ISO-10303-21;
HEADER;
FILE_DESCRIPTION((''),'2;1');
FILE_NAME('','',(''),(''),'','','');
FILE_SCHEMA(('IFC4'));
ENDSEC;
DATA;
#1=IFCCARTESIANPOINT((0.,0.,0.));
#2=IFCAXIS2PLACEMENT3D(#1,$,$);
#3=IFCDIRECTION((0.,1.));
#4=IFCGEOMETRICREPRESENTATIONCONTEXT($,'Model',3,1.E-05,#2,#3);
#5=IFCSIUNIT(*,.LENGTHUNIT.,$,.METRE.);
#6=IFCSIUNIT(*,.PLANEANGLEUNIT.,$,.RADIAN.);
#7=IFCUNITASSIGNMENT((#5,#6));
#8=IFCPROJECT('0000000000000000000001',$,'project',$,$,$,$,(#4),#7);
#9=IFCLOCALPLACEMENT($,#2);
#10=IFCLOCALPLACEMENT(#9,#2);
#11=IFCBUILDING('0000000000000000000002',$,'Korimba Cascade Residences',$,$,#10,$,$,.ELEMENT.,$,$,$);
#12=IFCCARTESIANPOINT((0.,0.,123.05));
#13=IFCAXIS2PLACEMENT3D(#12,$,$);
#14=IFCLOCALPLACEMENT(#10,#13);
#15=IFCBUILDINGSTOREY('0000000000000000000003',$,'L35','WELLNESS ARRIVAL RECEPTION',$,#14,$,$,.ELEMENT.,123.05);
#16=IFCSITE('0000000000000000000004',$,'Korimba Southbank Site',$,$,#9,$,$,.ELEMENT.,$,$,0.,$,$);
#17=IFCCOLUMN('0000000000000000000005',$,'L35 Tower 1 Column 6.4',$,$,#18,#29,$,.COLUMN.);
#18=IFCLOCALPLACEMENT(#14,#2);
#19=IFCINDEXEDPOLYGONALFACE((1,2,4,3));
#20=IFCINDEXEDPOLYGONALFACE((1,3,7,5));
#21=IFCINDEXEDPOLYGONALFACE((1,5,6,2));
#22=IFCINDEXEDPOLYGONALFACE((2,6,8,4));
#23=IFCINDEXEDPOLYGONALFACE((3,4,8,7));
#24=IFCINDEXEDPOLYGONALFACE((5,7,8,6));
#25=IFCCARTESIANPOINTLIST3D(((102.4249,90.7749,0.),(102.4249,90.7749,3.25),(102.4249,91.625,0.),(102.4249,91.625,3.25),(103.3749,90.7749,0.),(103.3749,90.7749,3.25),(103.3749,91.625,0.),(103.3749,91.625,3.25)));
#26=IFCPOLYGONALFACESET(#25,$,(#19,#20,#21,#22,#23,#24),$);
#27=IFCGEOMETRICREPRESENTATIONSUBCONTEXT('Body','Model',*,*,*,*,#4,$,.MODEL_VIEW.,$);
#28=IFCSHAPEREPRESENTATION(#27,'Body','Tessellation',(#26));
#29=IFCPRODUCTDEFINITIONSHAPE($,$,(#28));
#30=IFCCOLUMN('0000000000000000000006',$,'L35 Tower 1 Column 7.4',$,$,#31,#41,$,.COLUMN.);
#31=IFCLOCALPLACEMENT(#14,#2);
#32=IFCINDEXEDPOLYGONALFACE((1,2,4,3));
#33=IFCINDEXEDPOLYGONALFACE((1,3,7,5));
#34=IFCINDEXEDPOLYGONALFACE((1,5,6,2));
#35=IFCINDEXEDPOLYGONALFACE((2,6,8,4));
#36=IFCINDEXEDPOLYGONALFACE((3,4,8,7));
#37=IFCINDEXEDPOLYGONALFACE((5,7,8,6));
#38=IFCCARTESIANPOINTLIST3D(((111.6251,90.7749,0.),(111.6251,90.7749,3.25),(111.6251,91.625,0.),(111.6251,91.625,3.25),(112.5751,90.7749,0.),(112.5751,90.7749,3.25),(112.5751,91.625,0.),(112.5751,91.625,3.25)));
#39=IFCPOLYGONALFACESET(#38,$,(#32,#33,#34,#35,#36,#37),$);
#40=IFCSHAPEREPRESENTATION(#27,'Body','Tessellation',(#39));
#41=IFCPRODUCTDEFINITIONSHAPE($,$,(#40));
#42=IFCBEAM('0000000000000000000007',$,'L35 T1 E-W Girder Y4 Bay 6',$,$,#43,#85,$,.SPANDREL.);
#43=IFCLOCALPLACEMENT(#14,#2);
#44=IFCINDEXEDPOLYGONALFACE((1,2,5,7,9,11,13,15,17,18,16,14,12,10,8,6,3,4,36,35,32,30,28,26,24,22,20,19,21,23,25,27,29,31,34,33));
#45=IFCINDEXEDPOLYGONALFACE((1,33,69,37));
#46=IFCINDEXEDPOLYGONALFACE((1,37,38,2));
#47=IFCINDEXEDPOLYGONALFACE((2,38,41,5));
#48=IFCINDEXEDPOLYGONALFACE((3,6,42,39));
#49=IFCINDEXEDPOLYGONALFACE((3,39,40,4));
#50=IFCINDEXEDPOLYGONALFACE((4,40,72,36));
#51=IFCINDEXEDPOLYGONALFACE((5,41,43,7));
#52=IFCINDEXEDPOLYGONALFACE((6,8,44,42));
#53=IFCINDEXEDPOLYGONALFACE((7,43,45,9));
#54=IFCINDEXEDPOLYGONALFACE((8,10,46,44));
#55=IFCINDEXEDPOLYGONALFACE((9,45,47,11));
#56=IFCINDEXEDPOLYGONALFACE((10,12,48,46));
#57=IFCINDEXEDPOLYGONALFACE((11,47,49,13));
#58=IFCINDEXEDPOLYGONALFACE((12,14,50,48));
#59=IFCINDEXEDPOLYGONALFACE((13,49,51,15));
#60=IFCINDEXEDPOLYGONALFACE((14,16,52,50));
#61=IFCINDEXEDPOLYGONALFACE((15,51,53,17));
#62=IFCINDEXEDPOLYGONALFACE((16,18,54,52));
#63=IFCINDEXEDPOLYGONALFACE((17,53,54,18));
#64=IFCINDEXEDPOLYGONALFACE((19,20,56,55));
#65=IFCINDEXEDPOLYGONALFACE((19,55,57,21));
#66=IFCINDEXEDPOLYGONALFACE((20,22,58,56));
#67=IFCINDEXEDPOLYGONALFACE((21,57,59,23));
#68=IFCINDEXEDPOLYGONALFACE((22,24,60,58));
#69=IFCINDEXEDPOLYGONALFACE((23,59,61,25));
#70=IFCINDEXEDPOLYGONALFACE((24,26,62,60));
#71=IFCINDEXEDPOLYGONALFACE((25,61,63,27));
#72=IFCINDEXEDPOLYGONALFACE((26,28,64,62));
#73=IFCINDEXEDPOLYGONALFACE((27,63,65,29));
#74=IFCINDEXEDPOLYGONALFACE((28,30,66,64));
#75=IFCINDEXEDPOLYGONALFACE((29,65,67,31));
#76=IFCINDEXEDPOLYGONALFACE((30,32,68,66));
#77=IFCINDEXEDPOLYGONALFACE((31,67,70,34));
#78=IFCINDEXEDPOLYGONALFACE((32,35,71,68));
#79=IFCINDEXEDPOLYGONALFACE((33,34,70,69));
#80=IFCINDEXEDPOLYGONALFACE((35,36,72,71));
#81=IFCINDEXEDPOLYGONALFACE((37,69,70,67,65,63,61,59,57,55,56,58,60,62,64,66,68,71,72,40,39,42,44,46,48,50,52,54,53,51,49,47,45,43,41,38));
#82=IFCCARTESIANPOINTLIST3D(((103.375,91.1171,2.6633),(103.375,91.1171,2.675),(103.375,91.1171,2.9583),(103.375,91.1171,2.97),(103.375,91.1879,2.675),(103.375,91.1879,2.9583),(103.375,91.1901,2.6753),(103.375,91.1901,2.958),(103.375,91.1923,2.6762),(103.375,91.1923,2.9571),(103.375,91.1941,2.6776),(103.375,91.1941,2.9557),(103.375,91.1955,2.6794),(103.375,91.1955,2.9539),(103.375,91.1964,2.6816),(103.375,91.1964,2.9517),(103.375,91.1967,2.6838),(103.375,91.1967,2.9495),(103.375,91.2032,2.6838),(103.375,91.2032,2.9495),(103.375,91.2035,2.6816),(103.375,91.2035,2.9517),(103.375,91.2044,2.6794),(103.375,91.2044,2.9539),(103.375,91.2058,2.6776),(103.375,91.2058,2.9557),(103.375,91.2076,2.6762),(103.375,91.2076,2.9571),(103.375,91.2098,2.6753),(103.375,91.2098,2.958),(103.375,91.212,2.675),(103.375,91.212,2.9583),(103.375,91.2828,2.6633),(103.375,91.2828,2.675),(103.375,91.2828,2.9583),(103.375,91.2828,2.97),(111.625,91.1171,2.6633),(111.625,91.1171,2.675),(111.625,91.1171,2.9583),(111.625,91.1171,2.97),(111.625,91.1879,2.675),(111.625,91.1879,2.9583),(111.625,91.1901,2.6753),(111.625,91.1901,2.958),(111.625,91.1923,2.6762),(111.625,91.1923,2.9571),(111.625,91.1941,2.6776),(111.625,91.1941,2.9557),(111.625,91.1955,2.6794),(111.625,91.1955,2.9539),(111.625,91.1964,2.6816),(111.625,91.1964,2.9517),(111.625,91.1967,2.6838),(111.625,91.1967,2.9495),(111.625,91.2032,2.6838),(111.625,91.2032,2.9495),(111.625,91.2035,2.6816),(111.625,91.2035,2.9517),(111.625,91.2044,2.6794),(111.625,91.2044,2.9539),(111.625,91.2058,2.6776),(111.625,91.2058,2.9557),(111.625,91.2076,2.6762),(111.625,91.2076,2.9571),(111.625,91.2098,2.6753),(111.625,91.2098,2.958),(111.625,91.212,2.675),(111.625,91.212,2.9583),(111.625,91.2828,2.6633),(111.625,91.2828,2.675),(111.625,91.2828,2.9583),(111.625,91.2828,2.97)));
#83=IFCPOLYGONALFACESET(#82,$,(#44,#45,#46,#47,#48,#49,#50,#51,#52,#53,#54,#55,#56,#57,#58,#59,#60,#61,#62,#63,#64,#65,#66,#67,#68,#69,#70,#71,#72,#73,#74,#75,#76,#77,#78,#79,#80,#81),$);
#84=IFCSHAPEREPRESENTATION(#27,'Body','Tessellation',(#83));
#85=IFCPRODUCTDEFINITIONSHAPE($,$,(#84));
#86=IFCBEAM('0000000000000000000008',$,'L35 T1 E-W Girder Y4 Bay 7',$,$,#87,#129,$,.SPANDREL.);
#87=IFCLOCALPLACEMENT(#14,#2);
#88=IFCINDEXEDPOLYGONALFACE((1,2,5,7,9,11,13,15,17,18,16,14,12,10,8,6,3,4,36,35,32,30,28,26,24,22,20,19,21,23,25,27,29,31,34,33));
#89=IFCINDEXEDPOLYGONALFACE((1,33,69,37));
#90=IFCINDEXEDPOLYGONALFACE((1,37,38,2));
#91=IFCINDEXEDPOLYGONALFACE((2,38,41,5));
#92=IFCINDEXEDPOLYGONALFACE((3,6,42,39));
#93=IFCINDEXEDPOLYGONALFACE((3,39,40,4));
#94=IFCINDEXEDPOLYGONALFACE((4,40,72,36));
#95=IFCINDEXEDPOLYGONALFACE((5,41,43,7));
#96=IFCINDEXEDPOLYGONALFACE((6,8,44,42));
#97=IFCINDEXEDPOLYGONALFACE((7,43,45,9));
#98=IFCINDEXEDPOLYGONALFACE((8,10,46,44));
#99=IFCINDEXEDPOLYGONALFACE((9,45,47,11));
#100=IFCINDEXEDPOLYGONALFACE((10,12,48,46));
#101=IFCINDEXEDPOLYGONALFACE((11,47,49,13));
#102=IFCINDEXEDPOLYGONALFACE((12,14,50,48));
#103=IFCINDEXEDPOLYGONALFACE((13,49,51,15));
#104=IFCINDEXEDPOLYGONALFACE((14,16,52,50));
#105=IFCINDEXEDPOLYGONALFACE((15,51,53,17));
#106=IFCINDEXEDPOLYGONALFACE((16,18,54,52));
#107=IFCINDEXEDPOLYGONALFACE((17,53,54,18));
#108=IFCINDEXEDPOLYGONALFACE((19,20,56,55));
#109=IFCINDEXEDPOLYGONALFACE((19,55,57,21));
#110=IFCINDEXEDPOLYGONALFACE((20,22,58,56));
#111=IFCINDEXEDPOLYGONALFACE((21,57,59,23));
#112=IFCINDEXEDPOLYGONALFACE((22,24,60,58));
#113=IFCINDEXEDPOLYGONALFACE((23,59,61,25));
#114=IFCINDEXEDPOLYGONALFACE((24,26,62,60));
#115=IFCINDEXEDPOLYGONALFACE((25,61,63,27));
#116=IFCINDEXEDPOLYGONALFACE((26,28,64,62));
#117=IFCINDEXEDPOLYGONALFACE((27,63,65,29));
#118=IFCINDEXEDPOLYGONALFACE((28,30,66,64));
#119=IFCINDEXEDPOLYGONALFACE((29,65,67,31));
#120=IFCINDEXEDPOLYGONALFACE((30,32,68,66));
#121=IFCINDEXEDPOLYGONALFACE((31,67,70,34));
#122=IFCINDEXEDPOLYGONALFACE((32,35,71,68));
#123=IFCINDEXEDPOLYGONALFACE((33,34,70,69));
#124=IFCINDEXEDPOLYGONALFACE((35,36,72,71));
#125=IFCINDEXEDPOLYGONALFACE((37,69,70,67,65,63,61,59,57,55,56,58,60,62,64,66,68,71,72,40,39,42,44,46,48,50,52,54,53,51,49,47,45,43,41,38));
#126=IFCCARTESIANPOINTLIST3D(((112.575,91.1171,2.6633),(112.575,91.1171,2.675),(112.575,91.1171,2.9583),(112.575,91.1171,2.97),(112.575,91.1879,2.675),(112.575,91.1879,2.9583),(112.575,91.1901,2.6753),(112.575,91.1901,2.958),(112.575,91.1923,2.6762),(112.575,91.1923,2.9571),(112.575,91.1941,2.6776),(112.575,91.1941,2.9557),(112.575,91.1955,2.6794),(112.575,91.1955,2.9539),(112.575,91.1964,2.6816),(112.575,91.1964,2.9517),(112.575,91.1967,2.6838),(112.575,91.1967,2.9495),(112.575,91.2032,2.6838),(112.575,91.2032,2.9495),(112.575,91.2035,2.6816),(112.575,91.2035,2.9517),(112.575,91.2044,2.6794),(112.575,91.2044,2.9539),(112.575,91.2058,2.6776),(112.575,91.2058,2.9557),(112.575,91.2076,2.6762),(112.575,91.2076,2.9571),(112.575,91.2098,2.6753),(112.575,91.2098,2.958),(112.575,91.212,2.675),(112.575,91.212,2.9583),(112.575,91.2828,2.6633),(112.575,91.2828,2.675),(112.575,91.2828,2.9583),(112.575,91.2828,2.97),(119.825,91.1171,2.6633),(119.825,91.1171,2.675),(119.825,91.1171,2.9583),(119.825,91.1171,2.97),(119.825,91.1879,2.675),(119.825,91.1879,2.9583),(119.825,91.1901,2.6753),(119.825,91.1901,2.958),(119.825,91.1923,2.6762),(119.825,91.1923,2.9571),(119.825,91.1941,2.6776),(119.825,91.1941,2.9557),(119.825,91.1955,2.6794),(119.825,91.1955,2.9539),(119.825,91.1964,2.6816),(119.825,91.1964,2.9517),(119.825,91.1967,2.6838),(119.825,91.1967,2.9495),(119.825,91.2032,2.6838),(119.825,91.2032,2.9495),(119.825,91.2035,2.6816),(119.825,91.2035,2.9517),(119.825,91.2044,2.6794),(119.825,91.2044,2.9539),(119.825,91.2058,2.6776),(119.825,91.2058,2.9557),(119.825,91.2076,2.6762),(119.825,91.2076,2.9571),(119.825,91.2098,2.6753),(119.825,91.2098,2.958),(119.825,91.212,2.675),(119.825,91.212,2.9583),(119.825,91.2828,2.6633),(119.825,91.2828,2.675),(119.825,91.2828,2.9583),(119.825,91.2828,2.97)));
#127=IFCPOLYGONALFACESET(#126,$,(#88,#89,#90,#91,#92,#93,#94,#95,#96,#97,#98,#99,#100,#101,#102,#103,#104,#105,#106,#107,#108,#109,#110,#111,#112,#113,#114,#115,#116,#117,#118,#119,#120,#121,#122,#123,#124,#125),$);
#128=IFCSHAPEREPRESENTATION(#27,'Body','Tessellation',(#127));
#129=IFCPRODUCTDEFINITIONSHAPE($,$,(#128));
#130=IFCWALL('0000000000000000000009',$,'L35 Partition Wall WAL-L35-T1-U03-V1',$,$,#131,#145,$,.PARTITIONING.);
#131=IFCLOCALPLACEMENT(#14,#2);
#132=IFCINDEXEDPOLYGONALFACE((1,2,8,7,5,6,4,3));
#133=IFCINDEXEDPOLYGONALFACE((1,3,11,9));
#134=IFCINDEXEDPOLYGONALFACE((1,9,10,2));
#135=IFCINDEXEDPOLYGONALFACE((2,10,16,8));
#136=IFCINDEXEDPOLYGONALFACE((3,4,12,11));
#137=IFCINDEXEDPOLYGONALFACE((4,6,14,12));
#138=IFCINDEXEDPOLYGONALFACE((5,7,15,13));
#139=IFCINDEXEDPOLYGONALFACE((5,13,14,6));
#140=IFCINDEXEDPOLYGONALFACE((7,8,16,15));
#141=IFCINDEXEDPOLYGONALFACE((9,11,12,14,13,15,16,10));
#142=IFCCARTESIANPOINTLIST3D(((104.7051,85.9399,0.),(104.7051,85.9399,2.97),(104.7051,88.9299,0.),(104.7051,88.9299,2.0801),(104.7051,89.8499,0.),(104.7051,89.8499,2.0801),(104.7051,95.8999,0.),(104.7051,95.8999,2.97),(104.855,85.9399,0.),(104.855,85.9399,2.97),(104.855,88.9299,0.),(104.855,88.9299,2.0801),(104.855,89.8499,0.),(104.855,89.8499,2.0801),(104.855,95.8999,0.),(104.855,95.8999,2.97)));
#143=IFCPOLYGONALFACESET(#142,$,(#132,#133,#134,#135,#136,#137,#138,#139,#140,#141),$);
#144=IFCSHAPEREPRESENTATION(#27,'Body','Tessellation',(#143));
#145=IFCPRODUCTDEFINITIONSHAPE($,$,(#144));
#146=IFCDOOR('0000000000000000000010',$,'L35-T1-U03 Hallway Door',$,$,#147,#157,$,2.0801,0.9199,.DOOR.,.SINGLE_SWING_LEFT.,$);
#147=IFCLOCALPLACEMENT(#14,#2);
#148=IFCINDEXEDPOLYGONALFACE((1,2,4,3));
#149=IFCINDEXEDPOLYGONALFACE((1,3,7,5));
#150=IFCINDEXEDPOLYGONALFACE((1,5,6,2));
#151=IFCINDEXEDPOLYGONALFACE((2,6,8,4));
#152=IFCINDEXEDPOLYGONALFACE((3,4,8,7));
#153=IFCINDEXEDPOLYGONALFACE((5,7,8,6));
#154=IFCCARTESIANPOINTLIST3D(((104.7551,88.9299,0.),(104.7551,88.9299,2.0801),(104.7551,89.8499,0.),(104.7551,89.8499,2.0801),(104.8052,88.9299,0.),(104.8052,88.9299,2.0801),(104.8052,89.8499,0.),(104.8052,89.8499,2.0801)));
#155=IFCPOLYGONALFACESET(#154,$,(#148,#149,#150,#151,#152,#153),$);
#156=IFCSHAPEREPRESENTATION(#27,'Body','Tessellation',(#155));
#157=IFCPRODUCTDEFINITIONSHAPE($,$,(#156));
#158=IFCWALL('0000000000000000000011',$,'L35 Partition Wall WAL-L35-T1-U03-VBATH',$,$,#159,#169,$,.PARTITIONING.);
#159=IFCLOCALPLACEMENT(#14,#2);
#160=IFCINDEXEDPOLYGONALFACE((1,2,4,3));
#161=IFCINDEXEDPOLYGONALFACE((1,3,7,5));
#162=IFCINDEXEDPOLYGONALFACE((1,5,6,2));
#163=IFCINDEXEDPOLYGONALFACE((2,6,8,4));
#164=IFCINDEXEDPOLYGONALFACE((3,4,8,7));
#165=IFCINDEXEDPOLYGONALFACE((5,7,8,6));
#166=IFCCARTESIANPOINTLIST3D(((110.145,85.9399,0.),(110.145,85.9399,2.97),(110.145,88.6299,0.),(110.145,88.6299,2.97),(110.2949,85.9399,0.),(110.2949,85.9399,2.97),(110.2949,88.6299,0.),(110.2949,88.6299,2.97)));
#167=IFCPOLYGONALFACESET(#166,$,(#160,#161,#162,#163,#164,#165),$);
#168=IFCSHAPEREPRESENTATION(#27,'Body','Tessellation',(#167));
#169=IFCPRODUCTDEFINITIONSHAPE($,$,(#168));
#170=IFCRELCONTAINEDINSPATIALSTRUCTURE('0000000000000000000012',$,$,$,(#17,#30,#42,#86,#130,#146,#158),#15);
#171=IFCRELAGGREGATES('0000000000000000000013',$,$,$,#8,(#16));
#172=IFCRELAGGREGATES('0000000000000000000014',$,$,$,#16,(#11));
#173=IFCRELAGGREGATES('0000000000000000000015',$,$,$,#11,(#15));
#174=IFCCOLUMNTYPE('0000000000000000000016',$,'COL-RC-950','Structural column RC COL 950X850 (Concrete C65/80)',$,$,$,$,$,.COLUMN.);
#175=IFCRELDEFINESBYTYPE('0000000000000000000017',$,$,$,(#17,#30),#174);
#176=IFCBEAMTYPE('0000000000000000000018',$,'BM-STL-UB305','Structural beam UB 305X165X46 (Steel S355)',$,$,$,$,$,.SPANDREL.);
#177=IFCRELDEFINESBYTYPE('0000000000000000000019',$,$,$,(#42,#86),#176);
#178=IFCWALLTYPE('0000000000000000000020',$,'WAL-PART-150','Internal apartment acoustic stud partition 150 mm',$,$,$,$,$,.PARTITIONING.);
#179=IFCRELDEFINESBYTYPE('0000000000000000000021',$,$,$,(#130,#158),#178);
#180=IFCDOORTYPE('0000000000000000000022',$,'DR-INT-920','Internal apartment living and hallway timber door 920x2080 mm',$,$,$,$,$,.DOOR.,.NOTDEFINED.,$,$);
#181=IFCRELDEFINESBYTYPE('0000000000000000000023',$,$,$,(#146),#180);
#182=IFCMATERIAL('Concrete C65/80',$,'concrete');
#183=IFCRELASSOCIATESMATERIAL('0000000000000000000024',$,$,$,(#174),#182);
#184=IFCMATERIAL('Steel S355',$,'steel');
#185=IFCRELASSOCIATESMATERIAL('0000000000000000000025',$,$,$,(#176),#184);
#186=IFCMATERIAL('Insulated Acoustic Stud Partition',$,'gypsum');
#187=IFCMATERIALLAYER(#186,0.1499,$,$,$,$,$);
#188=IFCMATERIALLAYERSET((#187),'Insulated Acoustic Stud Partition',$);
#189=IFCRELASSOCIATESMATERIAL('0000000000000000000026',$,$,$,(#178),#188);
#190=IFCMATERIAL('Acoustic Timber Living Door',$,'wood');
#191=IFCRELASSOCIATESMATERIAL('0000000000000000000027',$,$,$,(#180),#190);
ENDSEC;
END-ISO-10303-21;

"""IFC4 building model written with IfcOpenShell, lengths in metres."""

from ifc_helpers import new_model, si_unit, direction, frame, frame_2d, origin, origin_2d, place, context, subcontext, project, spatial, rectangle, i_section, extrude, material, layer, layer_set, material_profile, profile_set, type_object, element, fill, save


model = new_model("IFC4")

# Units and contexts
model_context = context("Model", 3, precision=1e-05, world=origin(), true_north=direction((0.0, 1.0)))
body_context = subcontext(model_context, "Body", "Model", "MODEL_VIEW")
ifc_project = project(units=[si_unit("LENGTHUNIT", "METRE"), si_unit("PLANEANGLEUNIT", "RADIAN")], contexts=[model_context])

# Site, building, storey
site_placement = place(None, origin())
site = spatial("IfcSite", under=ifc_project, at=site_placement, Name="Korimba Southbank Site", CompositionType="ELEMENT", RefElevation=0.0)
building_placement = place(site_placement, origin())
building = spatial("IfcBuilding", under=site, at=building_placement, Name="Korimba Cascade Residences", CompositionType="ELEMENT")
storey_placement = place(building_placement, frame((0.0, 0.0, 123.05)))
storey = spatial("IfcBuildingStorey", under=building, at=storey_placement, Name="L35", Description="WELLNESS ARRIVAL RECEPTION", CompositionType="ELEMENT", Elevation=123.05)

# Columns
ifc_material_1 = material(Name="Concrete C65/80", Category="concrete")
ifc_material_profile_1 = material_profile(ifc_material_1, rectangle(XDim=0.95, YDim=0.8501, at=origin_2d()), Name="Concrete C65/80")
ifc_profile_set_1 = profile_set([ifc_material_profile_1], Name="Concrete C65/80")
column_type = type_object("IfcColumnType", Name="COL-RC-950", Description="Structural column RC COL 950X850 (Concrete C65/80)", PredefinedType="COLUMN", material=ifc_profile_set_1)
for number, where, z_axis, x_axis, name in (
    (1, (102.8999, 91.2, 0.0), (0.0, 0.0, 1.0), (1.0, 0.0, 0.0), "L35 Tower 1 Column 6.4"),
    (2, (112.1001, 91.2, 0.0), (0.0, 0.0, 1.0), (1.0, 0.0, 0.0), "L35 Tower 1 Column 7.4"),
):
    element("IfcColumn", number, at=place(storey_placement, frame(where, z_axis=z_axis, x_axis=x_axis)), inside=storey, type_object=column_type, Name=name, PredefinedType="COLUMN", context=body_context, shape_type="SweptSolid", body=[
        extrude(rectangle(XDim=0.95, YDim=0.8501, at=origin_2d()), origin(), (0.0, 0.0, 1.0), 3.25),
    ])

# Beams
ifc_material_2 = material(Name="Steel S355", Category="steel")
ifc_material_profile_2 = material_profile(ifc_material_2, i_section(OverallWidth=0.1658, OverallDepth=0.3066, WebThickness=0.0066, FlangeThickness=0.0117, FilletRadius=0.0088, at=origin_2d()), Name="Steel S355")
ifc_profile_set_2 = profile_set([ifc_material_profile_2], Name="Steel S355")
beam_type = type_object("IfcBeamType", Name="BM-STL-UB305", Description="Structural beam UB 305X165X46 (Steel S355)", PredefinedType="SPANDREL", material=ifc_profile_set_2)
beam_1_placement = place(storey_placement, frame((103.375, 91.2, 2.8167), z_axis=(1.0, 0.0, 0.0), x_axis=(0.0, 1.0, 0.0)))
element("IfcBeam", 3, at=beam_1_placement, inside=storey, type_object=beam_type, Name="L35 T1 E-W Girder Y4 Bay 6", PredefinedType="SPANDREL", context=body_context, shape_type="SweptSolid", body=[
    extrude(i_section(OverallWidth=0.1658, OverallDepth=0.3066, WebThickness=0.0066, FlangeThickness=0.0117, FilletRadius=0.0088, at=origin_2d()), origin(), (0.0, 0.0, 1.0), 8.25),
])
beam_2_placement = place(storey_placement, frame((112.575, 91.2, 2.8167), z_axis=(1.0, 0.0, 0.0), x_axis=(0.0, 1.0, 0.0)))
element("IfcBeam", 4, at=beam_2_placement, inside=storey, type_object=beam_type, Name="L35 T1 E-W Girder Y4 Bay 7", PredefinedType="SPANDREL", context=body_context, shape_type="SweptSolid", body=[
    extrude(i_section(OverallWidth=0.1658, OverallDepth=0.3066, WebThickness=0.0066, FlangeThickness=0.0117, FilletRadius=0.0088, at=origin_2d()), origin(), (0.0, 0.0, 1.0), 7.25),
])

# Wall, opening, door
ifc_material_3 = material(Name="Insulated Acoustic Stud Partition", Category="gypsum")
ifc_layer = layer(ifc_material_3, 0.1499)
ifc_layer_set = layer_set([ifc_layer], Name="Insulated Acoustic Stud Partition")
wall_type = type_object("IfcWallType", Name="WAL-PART-150", Description="Internal apartment acoustic stud partition 150 mm", PredefinedType="PARTITIONING", material=ifc_layer_set)
wall_1_placement = place(storey_placement, frame((104.78, 85.9399, 0.0), z_axis=(0.0, 0.0, 1.0), x_axis=(0.0, 1.0, 0.0)))
wall_1 = element("IfcWall", 5, at=wall_1_placement, inside=storey, type_object=wall_type, Name="L35 Partition Wall WAL-L35-T1-U03-V1", PredefinedType="PARTITIONING", context=body_context, shape_type="SweptSolid", body=[
    extrude(rectangle(XDim=9.96, YDim=0.1499, at=frame_2d((4.98, 0.0))), origin(), (0.0, 0.0, 1.0), 2.97),
])
opening_1_placement = place(wall_1_placement, frame((2.99, 0.0, 0.0)))
opening_1 = element("IfcOpeningElement", 6, at=opening_1_placement, cuts=wall_1, PredefinedType="OPENING", context=body_context, shape_type="SweptSolid", body=[
    extrude(rectangle(XDim=0.9199, YDim=2.0801, at=frame_2d((0.46, 1.04))), frame((0.0, 0.085, 0.0), z_axis=(0.0, -1.0, 0.0), x_axis=(1.0, 0.0, 0.0)), (0.0, 0.0, 1.0), 0.1699),
])
ifc_material_4 = material(Name="Acoustic Timber Living Door", Category="wood")
door_type_1 = type_object("IfcDoorType", Name="DR-INT-920", Description="Internal apartment living and hallway timber door 920x2080 mm", OperationType="NOTDEFINED", PredefinedType="DOOR", material=ifc_material_4)
door_1_placement = place(opening_1_placement, origin())
door_1 = element("IfcDoor", 7, at=door_1_placement, inside=storey, type_object=door_type_1, Name="L35-T1-U03 Hallway Door", OperationType="SINGLE_SWING_LEFT", OverallHeight=2.0801, OverallWidth=0.9199, PredefinedType="DOOR", context=body_context, shape_type="SweptSolid", body=[
    extrude(rectangle(XDim=0.9199, YDim=2.0801, at=frame_2d((0.46, 1.04))), frame((0.0, 0.0249, 0.0), z_axis=(0.0, -1.0, 0.0), x_axis=(1.0, 0.0, 0.0)), (0.0, 0.0, 1.0), 0.05),
])
fill(opening_1, door_1)

# Wall
wall_2_placement = place(storey_placement, frame((110.22, 85.9399, 0.0), z_axis=(0.0, 0.0, 1.0), x_axis=(0.0, 1.0, 0.0)))
element("IfcWall", 8, at=wall_2_placement, inside=storey, type_object=wall_type, Name="L35 Partition Wall WAL-L35-T1-U03-VBATH", PredefinedType="PARTITIONING", context=body_context, shape_type="SweptSolid", body=[
    extrude(rectangle(XDim=2.6899, YDim=0.1499, at=frame_2d((1.345, 0.0))), origin(), (0.0, 0.0, 1.0), 2.97),
])

save(model, "model.ifc")
